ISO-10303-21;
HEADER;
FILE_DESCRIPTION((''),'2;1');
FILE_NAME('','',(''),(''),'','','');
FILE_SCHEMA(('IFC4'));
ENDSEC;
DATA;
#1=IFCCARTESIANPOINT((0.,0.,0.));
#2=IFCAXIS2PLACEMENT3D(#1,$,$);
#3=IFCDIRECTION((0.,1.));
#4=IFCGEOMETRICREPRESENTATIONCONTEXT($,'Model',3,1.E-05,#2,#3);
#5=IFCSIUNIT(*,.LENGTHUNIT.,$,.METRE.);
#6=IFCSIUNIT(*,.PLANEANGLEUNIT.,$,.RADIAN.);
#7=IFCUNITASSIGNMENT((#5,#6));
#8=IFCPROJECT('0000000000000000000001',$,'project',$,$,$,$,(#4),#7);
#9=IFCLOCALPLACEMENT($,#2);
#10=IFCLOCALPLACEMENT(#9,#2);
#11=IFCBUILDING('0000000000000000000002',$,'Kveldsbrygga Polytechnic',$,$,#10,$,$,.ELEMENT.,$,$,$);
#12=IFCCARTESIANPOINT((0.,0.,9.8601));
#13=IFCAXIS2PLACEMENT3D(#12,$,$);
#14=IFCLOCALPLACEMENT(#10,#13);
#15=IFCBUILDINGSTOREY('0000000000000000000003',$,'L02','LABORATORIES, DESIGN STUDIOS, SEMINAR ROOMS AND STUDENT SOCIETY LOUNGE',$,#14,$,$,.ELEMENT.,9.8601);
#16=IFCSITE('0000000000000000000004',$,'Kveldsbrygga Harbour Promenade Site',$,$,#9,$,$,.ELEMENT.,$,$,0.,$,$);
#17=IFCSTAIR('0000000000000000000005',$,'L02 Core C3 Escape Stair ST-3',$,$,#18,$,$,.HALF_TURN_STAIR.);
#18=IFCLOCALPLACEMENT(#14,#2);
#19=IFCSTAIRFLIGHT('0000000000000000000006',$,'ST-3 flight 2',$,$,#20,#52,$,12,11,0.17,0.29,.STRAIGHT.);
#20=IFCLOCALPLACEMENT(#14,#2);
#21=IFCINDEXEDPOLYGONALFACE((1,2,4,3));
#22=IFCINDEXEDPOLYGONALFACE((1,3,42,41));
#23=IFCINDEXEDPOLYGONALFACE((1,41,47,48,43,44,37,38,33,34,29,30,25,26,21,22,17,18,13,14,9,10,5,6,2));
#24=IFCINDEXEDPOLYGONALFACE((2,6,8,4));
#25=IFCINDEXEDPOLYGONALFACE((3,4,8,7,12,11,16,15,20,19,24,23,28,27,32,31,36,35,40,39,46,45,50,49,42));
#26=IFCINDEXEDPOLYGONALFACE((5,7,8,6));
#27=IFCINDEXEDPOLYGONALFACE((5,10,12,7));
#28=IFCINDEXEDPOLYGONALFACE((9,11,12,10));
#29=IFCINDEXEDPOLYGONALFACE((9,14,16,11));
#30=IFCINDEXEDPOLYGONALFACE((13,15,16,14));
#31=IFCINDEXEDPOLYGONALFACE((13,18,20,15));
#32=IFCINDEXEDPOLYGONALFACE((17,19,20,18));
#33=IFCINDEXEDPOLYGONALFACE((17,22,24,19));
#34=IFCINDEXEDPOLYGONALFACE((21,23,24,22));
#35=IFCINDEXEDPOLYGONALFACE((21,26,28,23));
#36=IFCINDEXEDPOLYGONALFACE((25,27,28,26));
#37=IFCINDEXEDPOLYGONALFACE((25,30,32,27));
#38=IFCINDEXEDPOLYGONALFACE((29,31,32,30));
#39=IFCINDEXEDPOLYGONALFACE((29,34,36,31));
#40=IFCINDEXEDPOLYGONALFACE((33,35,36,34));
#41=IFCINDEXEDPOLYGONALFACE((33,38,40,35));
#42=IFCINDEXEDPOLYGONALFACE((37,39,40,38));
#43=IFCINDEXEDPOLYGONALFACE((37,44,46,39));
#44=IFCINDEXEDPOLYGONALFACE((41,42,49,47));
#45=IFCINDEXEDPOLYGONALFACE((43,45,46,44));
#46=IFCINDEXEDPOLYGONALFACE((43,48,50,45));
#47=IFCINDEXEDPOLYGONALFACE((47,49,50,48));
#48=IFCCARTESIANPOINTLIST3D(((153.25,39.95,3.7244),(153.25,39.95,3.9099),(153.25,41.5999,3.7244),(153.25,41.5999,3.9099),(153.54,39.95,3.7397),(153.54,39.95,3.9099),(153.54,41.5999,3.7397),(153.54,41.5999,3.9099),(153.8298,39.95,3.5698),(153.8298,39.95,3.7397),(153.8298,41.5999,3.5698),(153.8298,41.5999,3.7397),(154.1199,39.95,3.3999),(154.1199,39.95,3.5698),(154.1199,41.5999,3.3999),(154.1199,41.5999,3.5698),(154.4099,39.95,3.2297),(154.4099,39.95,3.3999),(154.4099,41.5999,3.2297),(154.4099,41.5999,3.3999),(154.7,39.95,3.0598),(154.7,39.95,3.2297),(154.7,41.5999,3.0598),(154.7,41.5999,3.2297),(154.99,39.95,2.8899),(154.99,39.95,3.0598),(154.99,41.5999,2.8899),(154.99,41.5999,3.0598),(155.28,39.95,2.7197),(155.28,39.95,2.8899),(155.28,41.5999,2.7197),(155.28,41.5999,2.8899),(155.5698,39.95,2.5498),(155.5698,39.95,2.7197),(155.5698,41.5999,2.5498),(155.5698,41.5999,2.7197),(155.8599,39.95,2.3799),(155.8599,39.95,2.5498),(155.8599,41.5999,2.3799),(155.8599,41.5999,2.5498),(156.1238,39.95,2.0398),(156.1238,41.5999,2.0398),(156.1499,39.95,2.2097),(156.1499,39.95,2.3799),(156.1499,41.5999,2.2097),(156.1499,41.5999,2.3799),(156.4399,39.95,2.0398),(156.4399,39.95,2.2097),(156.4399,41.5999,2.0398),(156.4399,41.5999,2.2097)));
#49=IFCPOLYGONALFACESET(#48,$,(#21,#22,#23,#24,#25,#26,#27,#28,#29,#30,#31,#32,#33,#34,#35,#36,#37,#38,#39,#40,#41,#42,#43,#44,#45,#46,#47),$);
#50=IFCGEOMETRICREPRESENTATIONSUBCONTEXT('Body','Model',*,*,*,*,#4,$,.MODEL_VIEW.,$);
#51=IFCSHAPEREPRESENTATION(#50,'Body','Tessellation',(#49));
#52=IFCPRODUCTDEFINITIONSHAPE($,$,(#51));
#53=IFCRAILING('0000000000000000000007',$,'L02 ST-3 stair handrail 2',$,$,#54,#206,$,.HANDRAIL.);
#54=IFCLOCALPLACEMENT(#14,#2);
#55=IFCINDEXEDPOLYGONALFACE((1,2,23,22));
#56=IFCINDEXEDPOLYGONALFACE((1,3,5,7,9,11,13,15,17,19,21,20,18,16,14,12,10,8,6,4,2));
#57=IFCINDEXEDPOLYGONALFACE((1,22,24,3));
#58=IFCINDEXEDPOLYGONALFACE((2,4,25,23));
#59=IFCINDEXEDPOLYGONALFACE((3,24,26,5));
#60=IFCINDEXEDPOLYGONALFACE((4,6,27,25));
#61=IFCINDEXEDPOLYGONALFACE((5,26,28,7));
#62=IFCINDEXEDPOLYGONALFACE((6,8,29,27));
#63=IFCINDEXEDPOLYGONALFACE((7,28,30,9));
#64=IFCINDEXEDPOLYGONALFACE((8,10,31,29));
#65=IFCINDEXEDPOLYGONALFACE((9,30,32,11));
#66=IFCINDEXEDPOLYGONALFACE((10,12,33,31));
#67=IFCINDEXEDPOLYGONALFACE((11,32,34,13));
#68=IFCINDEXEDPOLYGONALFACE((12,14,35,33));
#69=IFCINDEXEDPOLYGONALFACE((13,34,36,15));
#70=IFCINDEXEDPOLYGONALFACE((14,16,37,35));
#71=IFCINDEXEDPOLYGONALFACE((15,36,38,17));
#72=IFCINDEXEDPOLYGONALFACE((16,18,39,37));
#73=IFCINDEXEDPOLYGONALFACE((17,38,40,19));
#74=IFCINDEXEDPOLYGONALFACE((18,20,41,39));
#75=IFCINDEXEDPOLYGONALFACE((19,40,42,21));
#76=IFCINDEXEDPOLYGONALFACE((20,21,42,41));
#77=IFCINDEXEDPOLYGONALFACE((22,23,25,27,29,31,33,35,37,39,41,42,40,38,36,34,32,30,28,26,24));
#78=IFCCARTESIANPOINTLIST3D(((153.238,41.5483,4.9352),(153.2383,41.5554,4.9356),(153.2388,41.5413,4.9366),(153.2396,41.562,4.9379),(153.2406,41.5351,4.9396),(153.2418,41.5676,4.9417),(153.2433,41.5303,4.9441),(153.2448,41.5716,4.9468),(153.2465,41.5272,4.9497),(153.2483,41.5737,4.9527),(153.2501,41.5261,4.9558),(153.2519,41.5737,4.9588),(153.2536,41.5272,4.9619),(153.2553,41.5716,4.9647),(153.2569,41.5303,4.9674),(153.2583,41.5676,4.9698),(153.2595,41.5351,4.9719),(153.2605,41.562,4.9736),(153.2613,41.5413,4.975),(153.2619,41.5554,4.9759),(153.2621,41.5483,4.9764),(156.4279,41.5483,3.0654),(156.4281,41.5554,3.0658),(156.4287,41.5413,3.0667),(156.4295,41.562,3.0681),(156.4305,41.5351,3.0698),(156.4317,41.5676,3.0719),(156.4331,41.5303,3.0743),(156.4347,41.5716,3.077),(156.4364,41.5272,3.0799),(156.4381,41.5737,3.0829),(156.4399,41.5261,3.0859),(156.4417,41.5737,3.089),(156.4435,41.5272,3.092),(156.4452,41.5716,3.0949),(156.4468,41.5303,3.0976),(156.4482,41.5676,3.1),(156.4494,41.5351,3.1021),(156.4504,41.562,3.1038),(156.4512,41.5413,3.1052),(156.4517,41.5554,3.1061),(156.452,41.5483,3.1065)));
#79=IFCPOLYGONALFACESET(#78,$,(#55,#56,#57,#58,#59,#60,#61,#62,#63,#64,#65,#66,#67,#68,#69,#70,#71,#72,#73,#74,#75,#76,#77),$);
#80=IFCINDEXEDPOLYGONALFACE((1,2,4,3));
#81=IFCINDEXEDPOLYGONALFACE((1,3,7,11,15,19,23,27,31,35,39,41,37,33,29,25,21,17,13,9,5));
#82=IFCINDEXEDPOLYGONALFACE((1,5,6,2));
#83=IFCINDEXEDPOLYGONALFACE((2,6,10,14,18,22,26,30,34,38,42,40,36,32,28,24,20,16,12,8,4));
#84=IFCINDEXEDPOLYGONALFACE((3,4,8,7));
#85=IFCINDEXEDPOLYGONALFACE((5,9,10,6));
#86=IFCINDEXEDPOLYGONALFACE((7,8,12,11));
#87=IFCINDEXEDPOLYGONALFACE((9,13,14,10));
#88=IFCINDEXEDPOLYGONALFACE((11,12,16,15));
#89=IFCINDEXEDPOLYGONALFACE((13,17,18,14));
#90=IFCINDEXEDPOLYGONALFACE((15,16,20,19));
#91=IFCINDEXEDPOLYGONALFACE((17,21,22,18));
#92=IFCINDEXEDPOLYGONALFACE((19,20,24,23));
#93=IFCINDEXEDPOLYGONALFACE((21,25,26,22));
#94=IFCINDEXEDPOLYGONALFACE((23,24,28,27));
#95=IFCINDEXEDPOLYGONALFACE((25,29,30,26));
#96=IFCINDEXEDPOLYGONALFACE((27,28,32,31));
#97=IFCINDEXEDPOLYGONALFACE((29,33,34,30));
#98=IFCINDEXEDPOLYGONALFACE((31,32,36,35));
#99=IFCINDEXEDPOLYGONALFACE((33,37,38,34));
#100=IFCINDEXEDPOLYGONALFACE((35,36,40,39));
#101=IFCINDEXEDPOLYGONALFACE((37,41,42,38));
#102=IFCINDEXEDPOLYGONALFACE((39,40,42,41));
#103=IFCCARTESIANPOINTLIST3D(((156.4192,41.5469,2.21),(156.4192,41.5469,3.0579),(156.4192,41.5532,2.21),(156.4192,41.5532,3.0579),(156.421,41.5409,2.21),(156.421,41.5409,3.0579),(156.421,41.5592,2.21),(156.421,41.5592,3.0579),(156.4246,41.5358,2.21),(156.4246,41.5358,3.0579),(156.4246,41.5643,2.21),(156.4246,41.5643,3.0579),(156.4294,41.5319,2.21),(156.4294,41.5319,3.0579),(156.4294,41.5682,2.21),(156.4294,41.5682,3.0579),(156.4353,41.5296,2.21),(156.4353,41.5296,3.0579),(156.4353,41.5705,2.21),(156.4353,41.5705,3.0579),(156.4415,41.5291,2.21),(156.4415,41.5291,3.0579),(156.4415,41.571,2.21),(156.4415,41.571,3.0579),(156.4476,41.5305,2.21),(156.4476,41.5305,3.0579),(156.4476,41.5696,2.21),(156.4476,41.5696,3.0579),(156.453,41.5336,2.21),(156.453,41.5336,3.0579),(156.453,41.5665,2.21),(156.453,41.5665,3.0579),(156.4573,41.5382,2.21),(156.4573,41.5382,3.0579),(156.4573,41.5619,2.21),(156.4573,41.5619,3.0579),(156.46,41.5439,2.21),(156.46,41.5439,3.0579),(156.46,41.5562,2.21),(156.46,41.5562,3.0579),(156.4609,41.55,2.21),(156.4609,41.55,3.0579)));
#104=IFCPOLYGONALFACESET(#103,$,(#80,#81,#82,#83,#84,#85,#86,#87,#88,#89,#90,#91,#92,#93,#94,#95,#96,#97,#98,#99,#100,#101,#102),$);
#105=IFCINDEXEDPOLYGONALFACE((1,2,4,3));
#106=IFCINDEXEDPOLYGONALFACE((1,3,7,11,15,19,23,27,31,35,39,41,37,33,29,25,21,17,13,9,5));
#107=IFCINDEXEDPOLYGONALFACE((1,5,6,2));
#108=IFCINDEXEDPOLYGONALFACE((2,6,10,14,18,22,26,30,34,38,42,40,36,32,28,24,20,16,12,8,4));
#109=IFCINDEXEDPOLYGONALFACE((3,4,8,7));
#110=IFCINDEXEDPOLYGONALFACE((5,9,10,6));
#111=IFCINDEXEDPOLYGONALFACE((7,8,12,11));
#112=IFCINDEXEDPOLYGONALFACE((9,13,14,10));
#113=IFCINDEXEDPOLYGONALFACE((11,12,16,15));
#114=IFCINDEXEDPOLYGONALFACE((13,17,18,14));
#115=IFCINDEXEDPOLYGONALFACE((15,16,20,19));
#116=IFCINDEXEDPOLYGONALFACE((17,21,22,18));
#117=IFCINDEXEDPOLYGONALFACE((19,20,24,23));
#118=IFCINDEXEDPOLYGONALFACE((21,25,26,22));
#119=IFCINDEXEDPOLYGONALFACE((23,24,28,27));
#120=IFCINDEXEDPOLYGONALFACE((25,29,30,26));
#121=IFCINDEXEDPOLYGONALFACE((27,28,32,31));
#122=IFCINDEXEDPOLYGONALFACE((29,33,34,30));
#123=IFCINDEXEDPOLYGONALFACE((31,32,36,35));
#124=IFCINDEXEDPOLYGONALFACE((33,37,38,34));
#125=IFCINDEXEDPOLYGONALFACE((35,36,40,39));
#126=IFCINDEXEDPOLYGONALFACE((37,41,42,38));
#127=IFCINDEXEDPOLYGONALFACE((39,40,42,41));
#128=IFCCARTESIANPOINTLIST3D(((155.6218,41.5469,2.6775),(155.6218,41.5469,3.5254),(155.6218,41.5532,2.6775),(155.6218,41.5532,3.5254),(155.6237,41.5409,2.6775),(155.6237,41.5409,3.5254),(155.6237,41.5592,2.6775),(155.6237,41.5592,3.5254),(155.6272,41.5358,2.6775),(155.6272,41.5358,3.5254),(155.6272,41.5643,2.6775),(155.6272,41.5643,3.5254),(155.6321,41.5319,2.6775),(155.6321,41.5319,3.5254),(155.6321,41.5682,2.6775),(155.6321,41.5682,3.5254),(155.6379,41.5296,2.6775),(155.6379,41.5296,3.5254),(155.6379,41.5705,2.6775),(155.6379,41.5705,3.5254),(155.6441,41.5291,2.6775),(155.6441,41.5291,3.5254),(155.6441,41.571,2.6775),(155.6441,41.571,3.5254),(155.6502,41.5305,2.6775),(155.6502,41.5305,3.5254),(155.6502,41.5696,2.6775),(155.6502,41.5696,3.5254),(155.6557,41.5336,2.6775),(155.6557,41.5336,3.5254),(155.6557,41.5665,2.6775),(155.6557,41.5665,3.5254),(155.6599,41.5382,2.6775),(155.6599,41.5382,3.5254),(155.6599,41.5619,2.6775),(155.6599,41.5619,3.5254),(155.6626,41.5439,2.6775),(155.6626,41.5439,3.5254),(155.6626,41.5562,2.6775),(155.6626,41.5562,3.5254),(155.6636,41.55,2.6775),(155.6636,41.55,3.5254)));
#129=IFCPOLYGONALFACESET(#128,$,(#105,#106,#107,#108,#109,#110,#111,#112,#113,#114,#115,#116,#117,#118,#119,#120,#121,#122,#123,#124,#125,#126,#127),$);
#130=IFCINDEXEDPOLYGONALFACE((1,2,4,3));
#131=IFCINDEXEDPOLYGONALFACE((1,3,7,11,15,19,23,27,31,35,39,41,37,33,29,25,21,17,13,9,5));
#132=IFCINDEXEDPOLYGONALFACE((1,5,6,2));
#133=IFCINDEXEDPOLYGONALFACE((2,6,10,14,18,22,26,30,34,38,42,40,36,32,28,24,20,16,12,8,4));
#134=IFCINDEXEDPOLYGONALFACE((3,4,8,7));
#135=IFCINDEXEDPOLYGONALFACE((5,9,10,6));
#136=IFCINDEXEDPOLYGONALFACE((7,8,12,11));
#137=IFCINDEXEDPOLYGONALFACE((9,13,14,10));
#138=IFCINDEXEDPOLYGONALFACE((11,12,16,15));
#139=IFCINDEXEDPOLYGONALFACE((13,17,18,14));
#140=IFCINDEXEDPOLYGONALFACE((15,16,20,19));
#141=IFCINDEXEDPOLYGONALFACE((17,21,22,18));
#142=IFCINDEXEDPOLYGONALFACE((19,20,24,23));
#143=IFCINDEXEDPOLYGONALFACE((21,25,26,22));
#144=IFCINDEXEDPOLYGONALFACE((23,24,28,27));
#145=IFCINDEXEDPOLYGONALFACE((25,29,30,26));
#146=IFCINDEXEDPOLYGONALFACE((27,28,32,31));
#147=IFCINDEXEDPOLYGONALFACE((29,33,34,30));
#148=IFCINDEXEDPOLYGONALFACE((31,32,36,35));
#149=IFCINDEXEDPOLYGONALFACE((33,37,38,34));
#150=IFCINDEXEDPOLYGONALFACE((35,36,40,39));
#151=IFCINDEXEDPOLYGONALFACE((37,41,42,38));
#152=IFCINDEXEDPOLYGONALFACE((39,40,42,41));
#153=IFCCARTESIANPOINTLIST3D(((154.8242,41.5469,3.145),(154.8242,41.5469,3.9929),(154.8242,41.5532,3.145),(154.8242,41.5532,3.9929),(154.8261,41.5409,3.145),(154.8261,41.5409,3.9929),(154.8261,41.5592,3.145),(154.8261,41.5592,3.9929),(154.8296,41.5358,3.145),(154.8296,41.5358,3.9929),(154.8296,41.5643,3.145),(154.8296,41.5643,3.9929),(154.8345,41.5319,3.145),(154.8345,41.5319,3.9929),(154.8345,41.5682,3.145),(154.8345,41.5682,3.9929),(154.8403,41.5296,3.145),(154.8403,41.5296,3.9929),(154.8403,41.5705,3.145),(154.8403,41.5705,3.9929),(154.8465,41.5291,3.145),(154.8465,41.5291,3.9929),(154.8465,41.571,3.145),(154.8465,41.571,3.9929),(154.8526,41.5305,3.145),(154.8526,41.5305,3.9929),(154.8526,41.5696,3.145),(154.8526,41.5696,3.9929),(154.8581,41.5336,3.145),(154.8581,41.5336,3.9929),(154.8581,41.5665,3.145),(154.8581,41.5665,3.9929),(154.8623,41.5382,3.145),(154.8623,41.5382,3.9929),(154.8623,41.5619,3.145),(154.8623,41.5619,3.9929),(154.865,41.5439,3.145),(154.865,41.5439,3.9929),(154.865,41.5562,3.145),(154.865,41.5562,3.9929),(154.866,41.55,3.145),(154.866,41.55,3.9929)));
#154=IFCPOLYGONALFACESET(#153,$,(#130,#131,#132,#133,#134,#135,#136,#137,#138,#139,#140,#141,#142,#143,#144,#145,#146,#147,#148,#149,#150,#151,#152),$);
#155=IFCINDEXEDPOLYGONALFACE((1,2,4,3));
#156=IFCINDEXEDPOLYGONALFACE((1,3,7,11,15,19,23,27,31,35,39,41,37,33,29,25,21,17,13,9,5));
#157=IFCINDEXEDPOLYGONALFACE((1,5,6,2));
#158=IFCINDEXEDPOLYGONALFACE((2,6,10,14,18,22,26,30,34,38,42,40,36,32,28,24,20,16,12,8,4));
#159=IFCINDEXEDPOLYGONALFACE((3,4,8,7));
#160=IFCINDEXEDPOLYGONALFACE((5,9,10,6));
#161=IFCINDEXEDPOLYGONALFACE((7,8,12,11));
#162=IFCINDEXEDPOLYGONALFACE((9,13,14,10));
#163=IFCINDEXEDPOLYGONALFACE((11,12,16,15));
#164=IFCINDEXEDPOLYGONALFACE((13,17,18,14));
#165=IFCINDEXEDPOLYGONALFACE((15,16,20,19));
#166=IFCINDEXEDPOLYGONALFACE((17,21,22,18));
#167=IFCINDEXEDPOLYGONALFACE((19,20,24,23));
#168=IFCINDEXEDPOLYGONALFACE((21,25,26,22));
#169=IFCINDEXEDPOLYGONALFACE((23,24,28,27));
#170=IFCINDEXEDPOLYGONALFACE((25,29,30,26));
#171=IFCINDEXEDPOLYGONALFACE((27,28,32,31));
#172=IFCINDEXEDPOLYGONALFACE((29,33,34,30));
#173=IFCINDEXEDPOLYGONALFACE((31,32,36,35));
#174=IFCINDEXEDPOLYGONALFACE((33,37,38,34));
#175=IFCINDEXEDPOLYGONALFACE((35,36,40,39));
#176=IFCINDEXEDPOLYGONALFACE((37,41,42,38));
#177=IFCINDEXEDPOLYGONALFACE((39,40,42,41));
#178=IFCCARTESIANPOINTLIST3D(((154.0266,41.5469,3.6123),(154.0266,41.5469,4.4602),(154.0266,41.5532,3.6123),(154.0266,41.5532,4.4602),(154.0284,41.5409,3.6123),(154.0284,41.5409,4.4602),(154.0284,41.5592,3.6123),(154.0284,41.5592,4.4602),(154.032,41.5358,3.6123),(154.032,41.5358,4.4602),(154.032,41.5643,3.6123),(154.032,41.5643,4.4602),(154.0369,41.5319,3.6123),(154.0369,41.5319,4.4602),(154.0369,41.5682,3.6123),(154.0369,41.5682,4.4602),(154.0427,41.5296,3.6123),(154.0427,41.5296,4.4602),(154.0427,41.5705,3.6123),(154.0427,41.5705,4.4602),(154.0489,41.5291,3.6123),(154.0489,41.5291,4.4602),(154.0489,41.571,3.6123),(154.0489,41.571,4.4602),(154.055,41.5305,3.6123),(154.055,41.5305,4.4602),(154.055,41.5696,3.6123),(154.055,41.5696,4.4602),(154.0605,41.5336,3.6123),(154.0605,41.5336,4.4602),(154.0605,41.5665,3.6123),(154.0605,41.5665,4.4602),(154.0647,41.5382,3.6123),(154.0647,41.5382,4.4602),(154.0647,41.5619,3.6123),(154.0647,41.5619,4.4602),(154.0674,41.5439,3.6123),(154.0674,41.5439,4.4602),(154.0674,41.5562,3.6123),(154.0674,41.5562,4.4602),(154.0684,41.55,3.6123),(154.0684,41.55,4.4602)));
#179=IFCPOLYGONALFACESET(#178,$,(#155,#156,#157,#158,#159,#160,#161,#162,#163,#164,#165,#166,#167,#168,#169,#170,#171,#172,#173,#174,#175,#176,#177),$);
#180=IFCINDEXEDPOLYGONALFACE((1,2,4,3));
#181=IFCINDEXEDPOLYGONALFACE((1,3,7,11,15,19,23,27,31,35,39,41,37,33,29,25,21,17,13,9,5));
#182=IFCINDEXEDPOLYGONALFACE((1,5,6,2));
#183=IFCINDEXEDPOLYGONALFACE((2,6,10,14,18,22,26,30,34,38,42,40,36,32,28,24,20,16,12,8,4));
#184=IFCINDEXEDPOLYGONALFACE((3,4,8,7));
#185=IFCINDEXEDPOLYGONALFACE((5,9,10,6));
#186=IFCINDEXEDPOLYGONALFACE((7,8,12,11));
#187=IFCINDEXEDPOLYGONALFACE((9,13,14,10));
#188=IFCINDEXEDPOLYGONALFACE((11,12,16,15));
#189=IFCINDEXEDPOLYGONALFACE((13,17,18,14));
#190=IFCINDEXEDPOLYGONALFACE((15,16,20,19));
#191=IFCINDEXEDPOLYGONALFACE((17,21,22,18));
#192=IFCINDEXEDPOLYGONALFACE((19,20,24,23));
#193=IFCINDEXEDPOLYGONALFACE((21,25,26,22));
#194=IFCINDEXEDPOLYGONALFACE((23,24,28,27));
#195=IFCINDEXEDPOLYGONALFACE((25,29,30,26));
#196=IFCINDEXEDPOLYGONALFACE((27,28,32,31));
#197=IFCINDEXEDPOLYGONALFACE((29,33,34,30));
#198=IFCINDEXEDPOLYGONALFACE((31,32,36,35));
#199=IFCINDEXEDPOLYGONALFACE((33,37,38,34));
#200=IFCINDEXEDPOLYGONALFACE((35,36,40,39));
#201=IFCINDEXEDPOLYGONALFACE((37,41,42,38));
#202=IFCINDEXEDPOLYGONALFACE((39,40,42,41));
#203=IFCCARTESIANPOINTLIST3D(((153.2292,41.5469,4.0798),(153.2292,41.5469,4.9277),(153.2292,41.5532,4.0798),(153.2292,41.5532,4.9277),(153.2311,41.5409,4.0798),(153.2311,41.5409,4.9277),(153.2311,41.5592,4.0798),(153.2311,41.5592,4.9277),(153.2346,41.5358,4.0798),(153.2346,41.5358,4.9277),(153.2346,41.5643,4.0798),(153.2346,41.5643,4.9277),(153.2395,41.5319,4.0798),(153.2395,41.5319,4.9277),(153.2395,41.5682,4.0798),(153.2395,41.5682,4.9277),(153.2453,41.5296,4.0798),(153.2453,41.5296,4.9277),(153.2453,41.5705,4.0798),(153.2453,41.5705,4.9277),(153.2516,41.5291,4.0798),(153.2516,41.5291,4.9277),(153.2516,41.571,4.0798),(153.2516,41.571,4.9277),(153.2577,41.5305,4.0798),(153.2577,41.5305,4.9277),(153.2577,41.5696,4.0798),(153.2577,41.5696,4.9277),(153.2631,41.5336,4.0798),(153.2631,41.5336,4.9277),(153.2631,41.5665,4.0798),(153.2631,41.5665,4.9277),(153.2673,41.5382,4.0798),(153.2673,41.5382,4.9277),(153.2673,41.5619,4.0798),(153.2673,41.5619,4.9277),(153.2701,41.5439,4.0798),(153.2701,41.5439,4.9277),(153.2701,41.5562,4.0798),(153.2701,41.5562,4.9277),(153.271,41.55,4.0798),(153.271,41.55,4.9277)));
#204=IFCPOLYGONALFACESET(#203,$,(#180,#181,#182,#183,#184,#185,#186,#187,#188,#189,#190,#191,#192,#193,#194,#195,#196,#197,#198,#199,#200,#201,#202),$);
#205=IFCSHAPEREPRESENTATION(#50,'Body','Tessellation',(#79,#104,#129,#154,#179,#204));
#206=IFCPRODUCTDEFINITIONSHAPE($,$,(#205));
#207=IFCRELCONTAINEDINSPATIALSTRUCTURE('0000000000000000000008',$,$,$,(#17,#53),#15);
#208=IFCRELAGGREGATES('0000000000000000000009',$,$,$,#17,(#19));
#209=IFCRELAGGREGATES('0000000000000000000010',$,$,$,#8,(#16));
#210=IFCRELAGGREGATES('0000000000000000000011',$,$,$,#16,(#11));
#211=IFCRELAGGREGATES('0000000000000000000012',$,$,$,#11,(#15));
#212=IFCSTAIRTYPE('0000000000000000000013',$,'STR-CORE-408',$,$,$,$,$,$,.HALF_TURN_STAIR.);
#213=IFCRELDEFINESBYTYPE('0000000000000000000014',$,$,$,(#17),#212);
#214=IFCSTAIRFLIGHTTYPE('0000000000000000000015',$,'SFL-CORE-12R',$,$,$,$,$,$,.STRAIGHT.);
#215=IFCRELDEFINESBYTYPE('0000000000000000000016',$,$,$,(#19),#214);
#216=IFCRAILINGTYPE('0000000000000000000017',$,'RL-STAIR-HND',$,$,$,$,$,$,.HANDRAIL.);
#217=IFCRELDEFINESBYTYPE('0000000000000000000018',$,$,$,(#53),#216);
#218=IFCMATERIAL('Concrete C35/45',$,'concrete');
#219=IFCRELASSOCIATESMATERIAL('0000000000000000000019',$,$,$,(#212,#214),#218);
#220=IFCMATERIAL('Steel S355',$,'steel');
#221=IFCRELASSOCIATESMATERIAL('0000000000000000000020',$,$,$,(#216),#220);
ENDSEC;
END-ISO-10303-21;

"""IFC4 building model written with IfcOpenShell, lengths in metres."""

from ifc_helpers import new_model, si_unit, direction, frame, origin, origin_2d, place, context, subcontext, project, spatial, polyline, circle, outline, extrude, material, type_object, element, aggregate, save


model = new_model("IFC4")

# Units and contexts
model_context = context("Model", 3, precision=1e-05, world=origin(), true_north=direction((0.0, 1.0)))
body_context = subcontext(model_context, "Body", "Model", "MODEL_VIEW")
ifc_project = project(units=[si_unit("LENGTHUNIT", "METRE"), si_unit("PLANEANGLEUNIT", "RADIAN")], contexts=[model_context])

# Site, building, storey
site_placement = place(None, origin())
site = spatial("IfcSite", under=ifc_project, at=site_placement, Name="Kveldsbrygga Harbour Promenade Site", CompositionType="ELEMENT", RefElevation=0.0)
building_placement = place(site_placement, origin())
building = spatial("IfcBuilding", under=site, at=building_placement, Name="Kveldsbrygga Polytechnic", CompositionType="ELEMENT")
storey_placement = place(building_placement, frame((0.0, 0.0, 9.8601)))
storey = spatial("IfcBuildingStorey", under=building, at=storey_placement, Name="L02", Description="LABORATORIES, DESIGN STUDIOS, SEMINAR ROOMS AND STUDENT SOCIETY LOUNGE", CompositionType="ELEMENT", Elevation=9.8601)

# Shared definitions
ifc_material_1 = material(Name="Concrete C35/45", Category="concrete")
ifc_material_2 = material(Name="Steel S355", Category="steel")

# Stair, stair flight
stair_type = type_object("IfcStairType", Name="STR-CORE-408", PredefinedType="HALF_TURN_STAIR", material=ifc_material_1)
stair_placement = place(storey_placement, origin())
stair = element("IfcStair", 1, at=stair_placement, inside=storey, type_object=stair_type, Name="L02 Core C3 Escape Stair ST-3", PredefinedType="HALF_TURN_STAIR")
stair_flight_type = type_object("IfcStairFlightType", Name="SFL-CORE-12R", PredefinedType="STRAIGHT", material=ifc_material_1)
stair_flight_placement = place(storey_placement, frame((156.4399, 40.7749, 2.0398), z_axis=(0.0, 0.0, 1.0), x_axis=(-1.0, 0.0, 0.0)))
stair_flight = element("IfcStairFlight", 2, at=stair_flight_placement, type_object=stair_flight_type, Name="ST-3 flight 2", NumberOfRisers=12, NumberOfTreads=11, PredefinedType="STRAIGHT", RiserHeight=0.17, TreadLength=0.29, context=body_context, shape_type="SweptSolid", body=[
    extrude(outline(polyline([(0.0, 0.0), (0.0, 0.1699), (0.29, 0.1699), (0.29, 0.3401), (0.5801, 0.3401), (0.5801, 0.51), (0.8701, 0.51), (0.8701, 0.6799), (1.1599, 0.6799), (1.1599, 0.8501), (1.45, 0.8501), (1.45, 1.02), (1.74, 1.02), (1.74, 1.1899), (2.03, 1.1899), (2.03, 1.3601), (2.3201, 1.3601), (2.3201, 1.53), (2.6101, 1.53), (2.6101, 1.7), (2.8999, 1.7), (2.8999, 1.8701), (3.1899, 1.8701), (3.1899, 2.04), (3.1899, 1.6846), (0.3162, 0.0), (0.0, 0.0)])), frame((0.0, 0.825, 0.0), z_axis=(0.0, -1.0, 0.0), x_axis=(1.0, 0.0, 0.0)), (0.0, 0.0, 1.0), 1.6499),
])
aggregate(stair, [stair_flight])

# Railing
railing_type = type_object("IfcRailingType", Name="RL-STAIR-HND", PredefinedType="HANDRAIL", material=ifc_material_2)
railing_placement = place(storey_placement, frame((156.4399, 41.55, 2.21)))
element("IfcRailing", 3, at=railing_placement, inside=storey, type_object=railing_type, Name="L02 ST-3 stair handrail 2", PredefinedType="HANDRAIL", context=body_context, shape_type="SweptSolid", body=[
    extrude(circle(Radius=0.0239, at=origin_2d()), frame((0.0, 0.0, 0.876), z_axis=(-0.862709, 0.0, 0.505701), x_axis=(0.0, -1.0, 0.0)), (0.0, 0.0, 1.0), 3.6975),
    extrude(circle(Radius=0.021, at=origin_2d()), origin(), (0.0, 0.0, 1.0), 0.8479),
    extrude(circle(Radius=0.021, at=origin_2d()), frame((-0.7974, 0.0, 0.4675)), (0.0, 0.0, 1.0), 0.8479),
    extrude(circle(Radius=0.021, at=origin_2d()), frame((-1.595, 0.0, 0.9351)), (0.0, 0.0, 1.0), 0.8479),
    extrude(circle(Radius=0.021, at=origin_2d()), frame((-2.3926, 0.0, 1.4023)), (0.0, 0.0, 1.0), 0.8479),
    extrude(circle(Radius=0.021, at=origin_2d()), frame((-3.1899, 0.0, 1.8699)), (0.0, 0.0, 1.0), 0.8479),
])

save(model, "model.ifc")
